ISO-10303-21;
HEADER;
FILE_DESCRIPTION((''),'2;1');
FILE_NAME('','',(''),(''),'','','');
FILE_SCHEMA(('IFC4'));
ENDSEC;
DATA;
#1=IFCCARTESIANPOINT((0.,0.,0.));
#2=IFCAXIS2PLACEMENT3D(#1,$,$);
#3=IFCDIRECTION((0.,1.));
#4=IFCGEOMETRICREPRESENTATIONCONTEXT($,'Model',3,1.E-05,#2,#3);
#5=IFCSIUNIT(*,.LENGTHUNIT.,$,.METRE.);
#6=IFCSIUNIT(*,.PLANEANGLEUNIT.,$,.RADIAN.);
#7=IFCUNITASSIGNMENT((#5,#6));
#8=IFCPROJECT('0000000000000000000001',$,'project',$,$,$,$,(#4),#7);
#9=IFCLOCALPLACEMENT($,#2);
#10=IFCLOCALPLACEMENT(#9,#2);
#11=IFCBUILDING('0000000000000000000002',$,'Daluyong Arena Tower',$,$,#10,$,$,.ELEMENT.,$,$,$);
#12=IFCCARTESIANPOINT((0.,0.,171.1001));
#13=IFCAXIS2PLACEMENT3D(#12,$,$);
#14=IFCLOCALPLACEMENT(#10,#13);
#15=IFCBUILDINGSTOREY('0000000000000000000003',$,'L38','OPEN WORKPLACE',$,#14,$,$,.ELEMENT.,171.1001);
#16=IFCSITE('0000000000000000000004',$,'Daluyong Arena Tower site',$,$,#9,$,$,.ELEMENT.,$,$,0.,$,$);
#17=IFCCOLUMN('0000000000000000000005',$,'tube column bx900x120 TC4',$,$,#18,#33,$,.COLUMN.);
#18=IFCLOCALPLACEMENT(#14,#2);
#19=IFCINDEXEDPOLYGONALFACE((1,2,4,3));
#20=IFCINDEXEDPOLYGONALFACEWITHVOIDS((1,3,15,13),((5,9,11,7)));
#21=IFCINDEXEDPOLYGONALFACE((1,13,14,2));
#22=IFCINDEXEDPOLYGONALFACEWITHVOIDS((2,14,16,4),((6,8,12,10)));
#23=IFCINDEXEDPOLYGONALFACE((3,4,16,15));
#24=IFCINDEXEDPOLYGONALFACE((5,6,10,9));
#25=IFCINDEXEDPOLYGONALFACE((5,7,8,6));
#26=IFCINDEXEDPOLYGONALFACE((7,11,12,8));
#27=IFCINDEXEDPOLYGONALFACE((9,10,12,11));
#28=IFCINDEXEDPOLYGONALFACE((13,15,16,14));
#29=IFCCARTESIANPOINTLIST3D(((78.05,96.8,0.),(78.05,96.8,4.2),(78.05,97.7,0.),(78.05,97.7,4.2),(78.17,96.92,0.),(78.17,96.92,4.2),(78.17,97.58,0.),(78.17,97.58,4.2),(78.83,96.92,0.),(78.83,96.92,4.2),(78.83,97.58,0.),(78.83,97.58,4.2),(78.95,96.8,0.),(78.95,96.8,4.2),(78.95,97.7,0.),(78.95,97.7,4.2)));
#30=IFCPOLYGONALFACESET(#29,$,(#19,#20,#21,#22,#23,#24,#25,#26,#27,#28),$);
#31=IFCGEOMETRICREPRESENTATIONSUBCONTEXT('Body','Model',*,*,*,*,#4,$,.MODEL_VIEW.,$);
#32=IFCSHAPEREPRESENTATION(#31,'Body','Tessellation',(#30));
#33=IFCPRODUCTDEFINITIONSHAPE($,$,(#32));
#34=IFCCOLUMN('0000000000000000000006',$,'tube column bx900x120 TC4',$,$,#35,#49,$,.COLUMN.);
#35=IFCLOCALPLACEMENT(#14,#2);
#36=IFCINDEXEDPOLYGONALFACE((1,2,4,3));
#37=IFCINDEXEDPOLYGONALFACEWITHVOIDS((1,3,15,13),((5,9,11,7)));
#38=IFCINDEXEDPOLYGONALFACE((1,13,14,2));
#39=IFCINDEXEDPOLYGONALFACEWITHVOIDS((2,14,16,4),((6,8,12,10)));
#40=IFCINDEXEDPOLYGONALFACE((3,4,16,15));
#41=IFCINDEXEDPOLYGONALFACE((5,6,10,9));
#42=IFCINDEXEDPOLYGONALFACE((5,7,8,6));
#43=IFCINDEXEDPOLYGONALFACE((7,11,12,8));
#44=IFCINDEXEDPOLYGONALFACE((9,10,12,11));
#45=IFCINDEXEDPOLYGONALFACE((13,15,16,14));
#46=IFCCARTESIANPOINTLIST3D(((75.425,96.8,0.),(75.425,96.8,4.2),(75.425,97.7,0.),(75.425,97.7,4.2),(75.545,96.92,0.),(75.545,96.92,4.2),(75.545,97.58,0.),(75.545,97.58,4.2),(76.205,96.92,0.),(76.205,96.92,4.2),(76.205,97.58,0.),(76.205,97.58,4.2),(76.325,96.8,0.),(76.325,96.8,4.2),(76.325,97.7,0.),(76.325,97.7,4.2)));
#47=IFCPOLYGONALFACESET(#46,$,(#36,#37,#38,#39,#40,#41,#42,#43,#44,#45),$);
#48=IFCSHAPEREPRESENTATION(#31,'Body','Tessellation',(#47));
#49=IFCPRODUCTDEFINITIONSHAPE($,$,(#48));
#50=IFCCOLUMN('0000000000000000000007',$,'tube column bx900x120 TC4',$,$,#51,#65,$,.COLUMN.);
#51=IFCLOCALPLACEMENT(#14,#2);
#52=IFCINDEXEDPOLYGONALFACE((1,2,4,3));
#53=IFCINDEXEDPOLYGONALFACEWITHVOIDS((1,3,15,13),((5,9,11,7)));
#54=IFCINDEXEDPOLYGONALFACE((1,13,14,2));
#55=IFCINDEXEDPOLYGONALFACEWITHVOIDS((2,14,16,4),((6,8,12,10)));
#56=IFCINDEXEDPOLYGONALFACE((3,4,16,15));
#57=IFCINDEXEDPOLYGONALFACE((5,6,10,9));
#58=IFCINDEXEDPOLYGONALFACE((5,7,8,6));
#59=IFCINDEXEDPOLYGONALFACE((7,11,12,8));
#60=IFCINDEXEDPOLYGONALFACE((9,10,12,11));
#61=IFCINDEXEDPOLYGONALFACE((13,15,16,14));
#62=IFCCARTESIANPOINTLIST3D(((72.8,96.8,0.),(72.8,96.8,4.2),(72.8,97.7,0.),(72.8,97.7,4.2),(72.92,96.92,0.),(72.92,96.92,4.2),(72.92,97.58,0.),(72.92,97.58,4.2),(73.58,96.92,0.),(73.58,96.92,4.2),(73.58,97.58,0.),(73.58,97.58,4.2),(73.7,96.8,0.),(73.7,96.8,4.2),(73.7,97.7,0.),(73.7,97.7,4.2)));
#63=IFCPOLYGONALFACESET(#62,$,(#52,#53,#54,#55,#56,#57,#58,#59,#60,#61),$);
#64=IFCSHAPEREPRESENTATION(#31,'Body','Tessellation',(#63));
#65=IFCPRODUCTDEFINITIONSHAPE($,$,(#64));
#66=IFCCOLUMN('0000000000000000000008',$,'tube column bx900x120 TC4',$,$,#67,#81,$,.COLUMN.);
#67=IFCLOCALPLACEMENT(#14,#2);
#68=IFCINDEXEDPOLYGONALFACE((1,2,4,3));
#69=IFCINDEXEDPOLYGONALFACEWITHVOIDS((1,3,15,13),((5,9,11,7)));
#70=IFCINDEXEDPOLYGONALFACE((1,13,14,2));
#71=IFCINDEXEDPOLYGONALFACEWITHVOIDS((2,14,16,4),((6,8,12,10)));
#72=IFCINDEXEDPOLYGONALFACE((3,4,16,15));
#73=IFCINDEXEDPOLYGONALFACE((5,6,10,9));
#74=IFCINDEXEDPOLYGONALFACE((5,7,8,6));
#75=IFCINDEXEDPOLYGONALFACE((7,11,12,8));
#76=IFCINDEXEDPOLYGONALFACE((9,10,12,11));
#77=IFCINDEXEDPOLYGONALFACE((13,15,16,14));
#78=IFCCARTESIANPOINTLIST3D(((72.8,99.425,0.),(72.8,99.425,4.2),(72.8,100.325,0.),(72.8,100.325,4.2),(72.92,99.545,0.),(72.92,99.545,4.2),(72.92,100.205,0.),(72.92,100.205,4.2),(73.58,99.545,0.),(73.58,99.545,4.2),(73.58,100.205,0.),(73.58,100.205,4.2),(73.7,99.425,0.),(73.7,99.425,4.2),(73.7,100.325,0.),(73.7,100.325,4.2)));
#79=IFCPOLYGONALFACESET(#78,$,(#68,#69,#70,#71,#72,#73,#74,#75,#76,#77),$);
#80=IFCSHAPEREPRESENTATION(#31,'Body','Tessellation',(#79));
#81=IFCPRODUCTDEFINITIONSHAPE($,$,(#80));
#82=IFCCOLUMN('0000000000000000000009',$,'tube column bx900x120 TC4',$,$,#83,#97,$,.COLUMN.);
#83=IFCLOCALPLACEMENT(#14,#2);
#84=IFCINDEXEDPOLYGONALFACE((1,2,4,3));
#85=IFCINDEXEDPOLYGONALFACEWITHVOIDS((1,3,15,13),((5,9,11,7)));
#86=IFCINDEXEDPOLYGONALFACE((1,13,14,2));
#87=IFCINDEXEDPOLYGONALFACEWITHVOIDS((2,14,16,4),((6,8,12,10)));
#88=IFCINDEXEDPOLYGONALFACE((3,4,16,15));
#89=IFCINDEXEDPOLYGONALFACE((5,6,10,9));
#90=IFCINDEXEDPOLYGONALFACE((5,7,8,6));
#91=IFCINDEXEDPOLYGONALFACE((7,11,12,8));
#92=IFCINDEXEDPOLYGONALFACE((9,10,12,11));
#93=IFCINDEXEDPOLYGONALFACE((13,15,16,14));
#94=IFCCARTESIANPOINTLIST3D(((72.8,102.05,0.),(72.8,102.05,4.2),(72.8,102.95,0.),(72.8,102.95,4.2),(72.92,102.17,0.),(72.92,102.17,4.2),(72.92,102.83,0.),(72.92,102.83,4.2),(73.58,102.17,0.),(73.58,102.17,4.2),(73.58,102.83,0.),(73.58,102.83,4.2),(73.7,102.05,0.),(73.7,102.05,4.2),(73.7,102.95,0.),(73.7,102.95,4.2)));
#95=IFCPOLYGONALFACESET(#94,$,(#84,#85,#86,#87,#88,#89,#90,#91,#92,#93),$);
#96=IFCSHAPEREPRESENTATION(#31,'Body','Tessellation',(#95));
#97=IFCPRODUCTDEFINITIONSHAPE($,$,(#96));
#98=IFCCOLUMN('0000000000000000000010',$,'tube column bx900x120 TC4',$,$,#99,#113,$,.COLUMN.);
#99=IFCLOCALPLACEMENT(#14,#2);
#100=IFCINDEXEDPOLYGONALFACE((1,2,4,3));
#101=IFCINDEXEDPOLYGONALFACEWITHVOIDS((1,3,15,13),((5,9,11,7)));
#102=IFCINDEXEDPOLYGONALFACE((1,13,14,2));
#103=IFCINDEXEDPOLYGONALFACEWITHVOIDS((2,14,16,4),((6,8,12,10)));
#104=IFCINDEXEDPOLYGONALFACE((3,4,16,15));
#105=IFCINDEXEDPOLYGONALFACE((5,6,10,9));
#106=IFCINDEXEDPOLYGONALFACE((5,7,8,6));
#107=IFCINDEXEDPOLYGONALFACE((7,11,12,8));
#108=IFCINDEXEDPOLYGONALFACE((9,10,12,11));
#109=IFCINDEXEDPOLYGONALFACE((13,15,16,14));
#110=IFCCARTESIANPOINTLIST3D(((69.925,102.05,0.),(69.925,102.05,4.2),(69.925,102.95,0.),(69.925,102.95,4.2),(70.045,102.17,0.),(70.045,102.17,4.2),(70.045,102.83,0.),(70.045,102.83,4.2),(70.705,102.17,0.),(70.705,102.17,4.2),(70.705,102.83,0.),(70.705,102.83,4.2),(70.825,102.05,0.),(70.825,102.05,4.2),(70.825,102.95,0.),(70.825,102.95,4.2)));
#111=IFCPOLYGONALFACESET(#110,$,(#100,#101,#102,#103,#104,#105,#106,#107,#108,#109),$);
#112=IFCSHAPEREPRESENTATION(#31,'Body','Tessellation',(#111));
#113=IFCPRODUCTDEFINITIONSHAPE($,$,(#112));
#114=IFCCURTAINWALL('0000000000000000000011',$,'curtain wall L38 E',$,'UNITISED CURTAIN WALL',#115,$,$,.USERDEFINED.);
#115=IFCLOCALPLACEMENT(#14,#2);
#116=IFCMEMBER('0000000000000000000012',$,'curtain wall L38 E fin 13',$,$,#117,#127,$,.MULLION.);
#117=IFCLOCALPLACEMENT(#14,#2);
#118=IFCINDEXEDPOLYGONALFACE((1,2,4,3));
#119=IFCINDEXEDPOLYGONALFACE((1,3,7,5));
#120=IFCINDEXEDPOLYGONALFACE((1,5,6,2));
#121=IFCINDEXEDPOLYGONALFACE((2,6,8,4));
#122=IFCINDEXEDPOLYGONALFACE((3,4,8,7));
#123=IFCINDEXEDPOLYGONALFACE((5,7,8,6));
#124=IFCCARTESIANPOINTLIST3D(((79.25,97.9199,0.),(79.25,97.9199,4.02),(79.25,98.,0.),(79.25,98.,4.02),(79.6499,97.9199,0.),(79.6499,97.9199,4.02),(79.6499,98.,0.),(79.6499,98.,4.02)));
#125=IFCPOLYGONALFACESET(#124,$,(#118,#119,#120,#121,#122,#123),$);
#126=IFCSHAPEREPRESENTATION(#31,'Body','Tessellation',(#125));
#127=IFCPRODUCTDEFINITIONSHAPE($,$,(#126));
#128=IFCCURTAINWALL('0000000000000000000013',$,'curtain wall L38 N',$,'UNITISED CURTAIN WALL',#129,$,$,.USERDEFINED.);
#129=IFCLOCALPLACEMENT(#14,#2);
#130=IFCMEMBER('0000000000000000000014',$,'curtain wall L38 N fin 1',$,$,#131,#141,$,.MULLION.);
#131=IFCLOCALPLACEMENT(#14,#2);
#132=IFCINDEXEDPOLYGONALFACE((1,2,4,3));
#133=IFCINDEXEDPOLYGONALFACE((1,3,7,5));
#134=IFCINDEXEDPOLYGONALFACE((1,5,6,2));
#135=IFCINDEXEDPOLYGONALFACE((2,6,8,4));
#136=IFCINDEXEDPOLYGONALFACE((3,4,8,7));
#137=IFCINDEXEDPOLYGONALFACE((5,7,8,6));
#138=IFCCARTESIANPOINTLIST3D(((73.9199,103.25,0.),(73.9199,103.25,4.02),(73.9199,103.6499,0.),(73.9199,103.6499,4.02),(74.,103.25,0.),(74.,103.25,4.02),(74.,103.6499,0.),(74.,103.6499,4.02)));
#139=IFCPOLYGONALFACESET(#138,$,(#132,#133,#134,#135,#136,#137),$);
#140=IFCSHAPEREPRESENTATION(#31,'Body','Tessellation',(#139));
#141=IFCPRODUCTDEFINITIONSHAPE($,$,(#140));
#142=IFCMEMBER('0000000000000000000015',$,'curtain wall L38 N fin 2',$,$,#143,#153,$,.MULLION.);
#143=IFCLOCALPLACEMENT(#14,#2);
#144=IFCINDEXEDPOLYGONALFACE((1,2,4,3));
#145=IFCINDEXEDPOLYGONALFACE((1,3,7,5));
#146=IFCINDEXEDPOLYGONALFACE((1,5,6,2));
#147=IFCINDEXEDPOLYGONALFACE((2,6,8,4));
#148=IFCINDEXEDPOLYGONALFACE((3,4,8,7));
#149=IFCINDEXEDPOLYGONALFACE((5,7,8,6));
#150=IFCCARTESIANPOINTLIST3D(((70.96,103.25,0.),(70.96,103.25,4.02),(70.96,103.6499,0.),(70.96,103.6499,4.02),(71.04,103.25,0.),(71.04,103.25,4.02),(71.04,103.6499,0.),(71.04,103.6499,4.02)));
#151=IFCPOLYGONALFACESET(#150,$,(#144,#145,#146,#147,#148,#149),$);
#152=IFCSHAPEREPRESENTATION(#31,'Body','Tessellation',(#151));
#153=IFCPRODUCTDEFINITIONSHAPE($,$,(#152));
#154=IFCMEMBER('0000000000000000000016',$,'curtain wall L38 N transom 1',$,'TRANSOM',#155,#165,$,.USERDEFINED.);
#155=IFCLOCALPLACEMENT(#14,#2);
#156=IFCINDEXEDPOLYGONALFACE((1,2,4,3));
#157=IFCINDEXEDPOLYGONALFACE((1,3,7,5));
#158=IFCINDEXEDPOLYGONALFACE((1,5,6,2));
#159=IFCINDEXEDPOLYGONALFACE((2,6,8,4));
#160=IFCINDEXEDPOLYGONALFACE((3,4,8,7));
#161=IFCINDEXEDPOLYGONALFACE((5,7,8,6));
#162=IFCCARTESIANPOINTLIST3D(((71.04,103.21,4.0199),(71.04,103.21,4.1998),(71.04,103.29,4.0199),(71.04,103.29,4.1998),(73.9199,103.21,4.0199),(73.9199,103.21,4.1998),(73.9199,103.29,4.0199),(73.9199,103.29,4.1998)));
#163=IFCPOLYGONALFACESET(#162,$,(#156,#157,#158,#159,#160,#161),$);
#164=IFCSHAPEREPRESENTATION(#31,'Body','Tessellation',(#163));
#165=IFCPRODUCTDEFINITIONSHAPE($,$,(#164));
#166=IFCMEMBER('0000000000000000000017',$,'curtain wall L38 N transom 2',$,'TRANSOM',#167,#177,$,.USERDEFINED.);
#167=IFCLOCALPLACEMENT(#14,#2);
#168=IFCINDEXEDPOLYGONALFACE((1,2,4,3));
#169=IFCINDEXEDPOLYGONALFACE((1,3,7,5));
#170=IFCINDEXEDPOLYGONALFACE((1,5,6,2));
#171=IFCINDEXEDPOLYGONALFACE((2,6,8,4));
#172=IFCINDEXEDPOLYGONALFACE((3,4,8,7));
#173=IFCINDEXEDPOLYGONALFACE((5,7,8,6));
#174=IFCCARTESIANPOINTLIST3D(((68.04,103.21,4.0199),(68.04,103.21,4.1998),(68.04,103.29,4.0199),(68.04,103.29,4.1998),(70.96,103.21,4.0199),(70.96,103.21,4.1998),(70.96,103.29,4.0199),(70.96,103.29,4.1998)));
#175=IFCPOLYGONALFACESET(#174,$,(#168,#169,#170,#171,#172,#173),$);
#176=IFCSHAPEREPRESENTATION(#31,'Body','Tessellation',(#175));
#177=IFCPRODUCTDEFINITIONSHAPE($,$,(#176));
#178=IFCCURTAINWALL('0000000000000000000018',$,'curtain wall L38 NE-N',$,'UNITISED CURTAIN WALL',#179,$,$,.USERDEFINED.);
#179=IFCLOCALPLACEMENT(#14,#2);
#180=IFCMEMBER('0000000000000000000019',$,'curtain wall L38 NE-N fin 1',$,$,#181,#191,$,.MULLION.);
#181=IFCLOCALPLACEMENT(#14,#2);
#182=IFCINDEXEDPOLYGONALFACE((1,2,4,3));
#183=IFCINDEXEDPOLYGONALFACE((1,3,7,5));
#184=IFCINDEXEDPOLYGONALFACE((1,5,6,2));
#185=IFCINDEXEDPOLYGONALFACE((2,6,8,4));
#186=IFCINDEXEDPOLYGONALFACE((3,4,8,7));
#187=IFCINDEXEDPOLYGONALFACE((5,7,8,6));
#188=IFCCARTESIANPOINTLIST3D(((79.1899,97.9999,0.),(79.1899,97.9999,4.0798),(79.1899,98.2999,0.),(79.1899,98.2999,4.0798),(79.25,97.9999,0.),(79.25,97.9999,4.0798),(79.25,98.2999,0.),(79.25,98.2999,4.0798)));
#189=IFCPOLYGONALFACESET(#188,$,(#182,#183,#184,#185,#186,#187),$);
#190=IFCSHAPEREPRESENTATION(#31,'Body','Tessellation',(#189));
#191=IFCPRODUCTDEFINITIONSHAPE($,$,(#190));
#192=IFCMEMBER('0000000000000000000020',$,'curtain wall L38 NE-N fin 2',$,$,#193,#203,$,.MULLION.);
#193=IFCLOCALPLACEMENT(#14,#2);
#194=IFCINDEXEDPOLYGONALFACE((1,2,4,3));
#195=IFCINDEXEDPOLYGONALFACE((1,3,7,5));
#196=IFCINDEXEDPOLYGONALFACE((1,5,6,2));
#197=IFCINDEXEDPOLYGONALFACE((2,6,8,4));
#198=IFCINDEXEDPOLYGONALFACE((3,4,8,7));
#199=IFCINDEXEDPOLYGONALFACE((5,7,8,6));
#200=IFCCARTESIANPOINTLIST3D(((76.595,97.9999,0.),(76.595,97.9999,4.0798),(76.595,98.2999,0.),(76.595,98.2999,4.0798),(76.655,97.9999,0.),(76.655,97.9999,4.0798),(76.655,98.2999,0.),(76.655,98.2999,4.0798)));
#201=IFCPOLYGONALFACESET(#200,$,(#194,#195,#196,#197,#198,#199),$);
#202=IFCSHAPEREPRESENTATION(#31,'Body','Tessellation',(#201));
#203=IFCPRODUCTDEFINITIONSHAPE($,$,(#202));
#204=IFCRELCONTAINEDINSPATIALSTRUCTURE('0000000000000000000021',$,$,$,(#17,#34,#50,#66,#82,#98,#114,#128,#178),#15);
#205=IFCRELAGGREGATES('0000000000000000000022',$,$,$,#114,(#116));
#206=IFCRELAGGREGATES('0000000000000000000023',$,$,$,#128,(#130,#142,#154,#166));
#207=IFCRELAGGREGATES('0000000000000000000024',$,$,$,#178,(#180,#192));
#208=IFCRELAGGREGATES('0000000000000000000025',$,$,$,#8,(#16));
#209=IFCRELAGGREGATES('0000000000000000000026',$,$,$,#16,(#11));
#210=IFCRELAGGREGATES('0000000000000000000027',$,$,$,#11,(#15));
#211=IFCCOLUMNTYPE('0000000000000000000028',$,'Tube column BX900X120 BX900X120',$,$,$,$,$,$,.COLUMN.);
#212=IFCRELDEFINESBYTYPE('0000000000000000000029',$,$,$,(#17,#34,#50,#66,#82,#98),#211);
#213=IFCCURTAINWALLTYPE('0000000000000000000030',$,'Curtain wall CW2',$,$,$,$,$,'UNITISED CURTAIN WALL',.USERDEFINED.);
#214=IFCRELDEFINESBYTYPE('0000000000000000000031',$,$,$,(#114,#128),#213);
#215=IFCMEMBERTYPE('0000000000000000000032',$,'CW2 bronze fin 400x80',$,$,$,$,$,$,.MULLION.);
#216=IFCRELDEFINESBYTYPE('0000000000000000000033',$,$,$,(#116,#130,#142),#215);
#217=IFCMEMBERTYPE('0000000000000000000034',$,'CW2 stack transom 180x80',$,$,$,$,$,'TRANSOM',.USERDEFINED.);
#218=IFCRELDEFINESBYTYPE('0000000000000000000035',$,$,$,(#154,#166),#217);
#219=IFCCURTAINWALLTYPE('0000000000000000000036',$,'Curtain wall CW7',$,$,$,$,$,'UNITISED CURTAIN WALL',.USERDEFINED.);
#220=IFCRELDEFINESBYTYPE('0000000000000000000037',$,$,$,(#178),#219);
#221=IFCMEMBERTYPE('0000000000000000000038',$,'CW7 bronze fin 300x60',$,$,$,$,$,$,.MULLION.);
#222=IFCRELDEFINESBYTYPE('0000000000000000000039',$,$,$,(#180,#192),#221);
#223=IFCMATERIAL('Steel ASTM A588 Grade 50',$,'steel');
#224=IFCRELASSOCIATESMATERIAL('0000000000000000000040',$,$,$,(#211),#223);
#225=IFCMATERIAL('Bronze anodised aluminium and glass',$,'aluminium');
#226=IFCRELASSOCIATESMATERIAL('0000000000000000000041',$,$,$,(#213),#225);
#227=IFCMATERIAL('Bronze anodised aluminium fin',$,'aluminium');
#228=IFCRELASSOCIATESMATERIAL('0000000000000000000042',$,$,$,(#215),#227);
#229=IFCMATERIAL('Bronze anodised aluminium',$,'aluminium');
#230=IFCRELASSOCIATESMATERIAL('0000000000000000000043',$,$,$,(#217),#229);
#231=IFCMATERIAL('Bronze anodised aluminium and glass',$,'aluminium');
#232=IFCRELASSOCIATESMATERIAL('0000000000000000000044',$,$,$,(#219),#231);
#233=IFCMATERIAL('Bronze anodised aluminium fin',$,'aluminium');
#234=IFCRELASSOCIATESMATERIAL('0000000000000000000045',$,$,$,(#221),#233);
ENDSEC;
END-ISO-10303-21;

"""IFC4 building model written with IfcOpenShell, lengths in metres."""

from ifc_helpers import new_model, si_unit, direction, frame, origin, origin_2d, place, context, subcontext, project, spatial, rectangle, hollow_rectangle, extrude, material, material_profile, profile_set, type_object, element, aggregate, save


model = new_model("IFC4")

# Units and contexts
model_context = context("Model", 3, precision=1e-05, world=origin(), true_north=direction((0.0, 1.0)))
body_context = subcontext(model_context, "Body", "Model", "MODEL_VIEW")
ifc_project = project(units=[si_unit("LENGTHUNIT", "METRE"), si_unit("PLANEANGLEUNIT", "RADIAN")], contexts=[model_context])

# Site, building, storey
site_placement = place(None, origin())
site = spatial("IfcSite", under=ifc_project, at=site_placement, Name="Daluyong Arena Tower site", CompositionType="ELEMENT", RefElevation=0.0)
building_placement = place(site_placement, origin())
building = spatial("IfcBuilding", under=site, at=building_placement, Name="Daluyong Arena Tower", CompositionType="ELEMENT")
storey_placement = place(building_placement, frame((0.0, 0.0, 171.1001)))
storey = spatial("IfcBuildingStorey", under=building, at=storey_placement, Name="L38", Description="OPEN WORKPLACE", CompositionType="ELEMENT", Elevation=171.1001)

# Columns
ifc_material_1 = material(Name="Steel ASTM A588 Grade 50", Category="steel")
ifc_material_profile_1 = material_profile(ifc_material_1, hollow_rectangle(XDim=0.8999, YDim=0.8999, WallThickness=0.12, at=origin_2d()))
ifc_profile_set_1 = profile_set([ifc_material_profile_1], Name="Steel ASTM A588 Grade 50")
column_type = type_object("IfcColumnType", Name="Tube column BX900X120 BX900X120", PredefinedType="COLUMN", material=ifc_profile_set_1)
for number, where, z_axis, x_axis, name in (
    (1, (78.5, 97.25, 0.0), (0.0, 0.0, 1.0), (1.0, 0.0, 0.0), "tube column bx900x120 TC4"),
    (2, (75.875, 97.25, 0.0), (0.0, 0.0, 1.0), (1.0, 0.0, 0.0), "tube column bx900x120 TC4"),
    (3, (73.25, 97.25, 0.0), (0.0, 0.0, 1.0), (0.0, 1.0, 0.0), "tube column bx900x120 TC4"),
    (4, (73.25, 99.875, 0.0), (0.0, 0.0, 1.0), (0.0, 1.0, 0.0), "tube column bx900x120 TC4"),
    (5, (73.25, 102.5, 0.0), (0.0, 0.0, 1.0), (1.0, 0.0, 0.0), "tube column bx900x120 TC4"),
    (6, (70.375, 102.5, 0.0), (0.0, 0.0, 1.0), (1.0, 0.0, 0.0), "tube column bx900x120 TC4"),
):
    element("IfcColumn", number, at=place(storey_placement, frame(where, z_axis=z_axis, x_axis=x_axis)), inside=storey, type_object=column_type, Name=name, PredefinedType="COLUMN", context=body_context, shape_type="SweptSolid", body=[
        extrude(hollow_rectangle(XDim=0.8999, YDim=0.8999, WallThickness=0.12, at=origin_2d()), origin(), (0.0, 0.0, 1.0), 4.2),
    ])

# Curtain wall, member
ifc_material_2 = material(Name="Bronze anodised aluminium and glass", Category="aluminium")
curtain_wall_type_1 = type_object("IfcCurtainWallType", Name="Curtain wall CW2", ElementType="UNITISED CURTAIN WALL", PredefinedType="USERDEFINED", material=ifc_material_2)
curtain_wall_1_placement = place(storey_placement, origin())
curtain_wall_1 = element("IfcCurtainWall", 7, at=curtain_wall_1_placement, inside=storey, type_object=curtain_wall_type_1, Name="curtain wall L38 E", ObjectType="UNITISED CURTAIN WALL", PredefinedType="USERDEFINED")
ifc_material_3 = material(Name="Bronze anodised aluminium fin", Category="aluminium")
ifc_material_profile_2 = material_profile(ifc_material_3, rectangle(XDim=0.3999, YDim=0.0801, at=origin_2d()))
ifc_profile_set_2 = profile_set([ifc_material_profile_2], Name="Bronze anodised aluminium fin")
member_type_1 = type_object("IfcMemberType", Name="CW2 bronze fin 400x80", PredefinedType="MULLION", material=ifc_profile_set_2)
member_1_placement = place(storey_placement, frame((79.45, 97.96, 0.0), z_axis=(0.0, 0.0, 1.0), x_axis=(-1.0, 0.0, 0.0)))
member_1 = element("IfcMember", 8, at=member_1_placement, type_object=member_type_1, Name="curtain wall L38 E fin 13", PredefinedType="MULLION", context=body_context, shape_type="SweptSolid", body=[
    extrude(rectangle(XDim=0.3999, YDim=0.0801, at=origin_2d()), origin(), (0.0, 0.0, 1.0), 4.02),
])

# Curtain walls, members
curtain_wall_2_placement = place(storey_placement, origin())
curtain_wall_2 = element("IfcCurtainWall", 9, at=curtain_wall_2_placement, inside=storey, type_object=curtain_wall_type_1, Name="curtain wall L38 N", ObjectType="UNITISED CURTAIN WALL", PredefinedType="USERDEFINED")
member_2_placement = place(storey_placement, frame((73.96, 103.45, 0.0), z_axis=(0.0, 0.0, 1.0), x_axis=(0.0, -1.0, 0.0)))
member_2 = element("IfcMember", 10, at=member_2_placement, type_object=member_type_1, Name="curtain wall L38 N fin 1", PredefinedType="MULLION", context=body_context, shape_type="SweptSolid", body=[
    extrude(rectangle(XDim=0.3999, YDim=0.0801, at=origin_2d()), origin(), (0.0, 0.0, 1.0), 4.02),
])
member_3_placement = place(storey_placement, frame((71.0, 103.45, 0.0), z_axis=(0.0, 0.0, 1.0), x_axis=(0.0, -1.0, 0.0)))
member_3 = element("IfcMember", 11, at=member_3_placement, type_object=member_type_1, Name="curtain wall L38 N fin 2", PredefinedType="MULLION", context=body_context, shape_type="SweptSolid", body=[
    extrude(rectangle(XDim=0.3999, YDim=0.0801, at=origin_2d()), origin(), (0.0, 0.0, 1.0), 4.02),
])
ifc_material_4 = material(Name="Bronze anodised aluminium", Category="aluminium")
ifc_material_profile_3 = material_profile(ifc_material_4, rectangle(XDim=0.0801, YDim=0.1799, at=origin_2d()))
ifc_profile_set_3 = profile_set([ifc_material_profile_3], Name="Bronze anodised aluminium")
member_type_2 = type_object("IfcMemberType", Name="CW2 stack transom 180x80", ElementType="TRANSOM", PredefinedType="USERDEFINED", material=ifc_profile_set_3)
member_4_placement = place(storey_placement, frame((73.9199, 103.25, 4.1099), z_axis=(-1.0, 0.0, 0.0), x_axis=(0.0, -1.0, 0.0)))
member_4 = element("IfcMember", 12, at=member_4_placement, type_object=member_type_2, Name="curtain wall L38 N transom 1", ObjectType="TRANSOM", PredefinedType="USERDEFINED", context=body_context, shape_type="SweptSolid", body=[
    extrude(rectangle(XDim=0.0801, YDim=0.1799, at=origin_2d()), origin(), (0.0, 0.0, 1.0), 2.8799),
])
member_5_placement = place(storey_placement, frame((70.96, 103.25, 4.1099), z_axis=(-1.0, 0.0, 0.0), x_axis=(0.0, -1.0, 0.0)))
member_5 = element("IfcMember", 13, at=member_5_placement, type_object=member_type_2, Name="curtain wall L38 N transom 2", ObjectType="TRANSOM", PredefinedType="USERDEFINED", context=body_context, shape_type="SweptSolid", body=[
    extrude(rectangle(XDim=0.0801, YDim=0.1799, at=origin_2d()), origin(), (0.0, 0.0, 1.0), 2.9199),
])
ifc_material_5 = material(Name="Bronze anodised aluminium and glass", Category="aluminium")
curtain_wall_type_2 = type_object("IfcCurtainWallType", Name="Curtain wall CW7", ElementType="UNITISED CURTAIN WALL", PredefinedType="USERDEFINED", material=ifc_material_5)
curtain_wall_3_placement = place(storey_placement, origin())
curtain_wall_3 = element("IfcCurtainWall", 14, at=curtain_wall_3_placement, inside=storey, type_object=curtain_wall_type_2, Name="curtain wall L38 NE-N", ObjectType="UNITISED CURTAIN WALL", PredefinedType="USERDEFINED")
ifc_material_6 = material(Name="Bronze anodised aluminium fin", Category="aluminium")
ifc_material_profile_4 = material_profile(ifc_material_6, rectangle(XDim=0.3, YDim=0.0601, at=origin_2d()))
ifc_profile_set_4 = profile_set([ifc_material_profile_4], Name="Bronze anodised aluminium fin")
member_type_3 = type_object("IfcMemberType", Name="CW7 bronze fin 300x60", PredefinedType="MULLION", material=ifc_profile_set_4)
member_6_placement = place(storey_placement, frame((79.22, 98.1499, 0.0), z_axis=(0.0, 0.0, 1.0), x_axis=(0.0, -1.0, 0.0)))
member_6 = element("IfcMember", 15, at=member_6_placement, type_object=member_type_3, Name="curtain wall L38 NE-N fin 1", PredefinedType="MULLION", context=body_context, shape_type="SweptSolid", body=[
    extrude(rectangle(XDim=0.3, YDim=0.0601, at=origin_2d()), origin(), (0.0, 0.0, 1.0), 4.0798),
])
member_7_placement = place(storey_placement, frame((76.625, 98.1499, 0.0), z_axis=(0.0, 0.0, 1.0), x_axis=(0.0, -1.0, 0.0)))
member_7 = element("IfcMember", 16, at=member_7_placement, type_object=member_type_3, Name="curtain wall L38 NE-N fin 2", PredefinedType="MULLION", context=body_context, shape_type="SweptSolid", body=[
    extrude(rectangle(XDim=0.3, YDim=0.0601, at=origin_2d()), origin(), (0.0, 0.0, 1.0), 4.0798),
])

aggregate(curtain_wall_1, [member_1])
aggregate(curtain_wall_2, [member_2, member_3, member_4, member_5])
aggregate(curtain_wall_3, [member_6, member_7])

save(model, "model.ifc")
